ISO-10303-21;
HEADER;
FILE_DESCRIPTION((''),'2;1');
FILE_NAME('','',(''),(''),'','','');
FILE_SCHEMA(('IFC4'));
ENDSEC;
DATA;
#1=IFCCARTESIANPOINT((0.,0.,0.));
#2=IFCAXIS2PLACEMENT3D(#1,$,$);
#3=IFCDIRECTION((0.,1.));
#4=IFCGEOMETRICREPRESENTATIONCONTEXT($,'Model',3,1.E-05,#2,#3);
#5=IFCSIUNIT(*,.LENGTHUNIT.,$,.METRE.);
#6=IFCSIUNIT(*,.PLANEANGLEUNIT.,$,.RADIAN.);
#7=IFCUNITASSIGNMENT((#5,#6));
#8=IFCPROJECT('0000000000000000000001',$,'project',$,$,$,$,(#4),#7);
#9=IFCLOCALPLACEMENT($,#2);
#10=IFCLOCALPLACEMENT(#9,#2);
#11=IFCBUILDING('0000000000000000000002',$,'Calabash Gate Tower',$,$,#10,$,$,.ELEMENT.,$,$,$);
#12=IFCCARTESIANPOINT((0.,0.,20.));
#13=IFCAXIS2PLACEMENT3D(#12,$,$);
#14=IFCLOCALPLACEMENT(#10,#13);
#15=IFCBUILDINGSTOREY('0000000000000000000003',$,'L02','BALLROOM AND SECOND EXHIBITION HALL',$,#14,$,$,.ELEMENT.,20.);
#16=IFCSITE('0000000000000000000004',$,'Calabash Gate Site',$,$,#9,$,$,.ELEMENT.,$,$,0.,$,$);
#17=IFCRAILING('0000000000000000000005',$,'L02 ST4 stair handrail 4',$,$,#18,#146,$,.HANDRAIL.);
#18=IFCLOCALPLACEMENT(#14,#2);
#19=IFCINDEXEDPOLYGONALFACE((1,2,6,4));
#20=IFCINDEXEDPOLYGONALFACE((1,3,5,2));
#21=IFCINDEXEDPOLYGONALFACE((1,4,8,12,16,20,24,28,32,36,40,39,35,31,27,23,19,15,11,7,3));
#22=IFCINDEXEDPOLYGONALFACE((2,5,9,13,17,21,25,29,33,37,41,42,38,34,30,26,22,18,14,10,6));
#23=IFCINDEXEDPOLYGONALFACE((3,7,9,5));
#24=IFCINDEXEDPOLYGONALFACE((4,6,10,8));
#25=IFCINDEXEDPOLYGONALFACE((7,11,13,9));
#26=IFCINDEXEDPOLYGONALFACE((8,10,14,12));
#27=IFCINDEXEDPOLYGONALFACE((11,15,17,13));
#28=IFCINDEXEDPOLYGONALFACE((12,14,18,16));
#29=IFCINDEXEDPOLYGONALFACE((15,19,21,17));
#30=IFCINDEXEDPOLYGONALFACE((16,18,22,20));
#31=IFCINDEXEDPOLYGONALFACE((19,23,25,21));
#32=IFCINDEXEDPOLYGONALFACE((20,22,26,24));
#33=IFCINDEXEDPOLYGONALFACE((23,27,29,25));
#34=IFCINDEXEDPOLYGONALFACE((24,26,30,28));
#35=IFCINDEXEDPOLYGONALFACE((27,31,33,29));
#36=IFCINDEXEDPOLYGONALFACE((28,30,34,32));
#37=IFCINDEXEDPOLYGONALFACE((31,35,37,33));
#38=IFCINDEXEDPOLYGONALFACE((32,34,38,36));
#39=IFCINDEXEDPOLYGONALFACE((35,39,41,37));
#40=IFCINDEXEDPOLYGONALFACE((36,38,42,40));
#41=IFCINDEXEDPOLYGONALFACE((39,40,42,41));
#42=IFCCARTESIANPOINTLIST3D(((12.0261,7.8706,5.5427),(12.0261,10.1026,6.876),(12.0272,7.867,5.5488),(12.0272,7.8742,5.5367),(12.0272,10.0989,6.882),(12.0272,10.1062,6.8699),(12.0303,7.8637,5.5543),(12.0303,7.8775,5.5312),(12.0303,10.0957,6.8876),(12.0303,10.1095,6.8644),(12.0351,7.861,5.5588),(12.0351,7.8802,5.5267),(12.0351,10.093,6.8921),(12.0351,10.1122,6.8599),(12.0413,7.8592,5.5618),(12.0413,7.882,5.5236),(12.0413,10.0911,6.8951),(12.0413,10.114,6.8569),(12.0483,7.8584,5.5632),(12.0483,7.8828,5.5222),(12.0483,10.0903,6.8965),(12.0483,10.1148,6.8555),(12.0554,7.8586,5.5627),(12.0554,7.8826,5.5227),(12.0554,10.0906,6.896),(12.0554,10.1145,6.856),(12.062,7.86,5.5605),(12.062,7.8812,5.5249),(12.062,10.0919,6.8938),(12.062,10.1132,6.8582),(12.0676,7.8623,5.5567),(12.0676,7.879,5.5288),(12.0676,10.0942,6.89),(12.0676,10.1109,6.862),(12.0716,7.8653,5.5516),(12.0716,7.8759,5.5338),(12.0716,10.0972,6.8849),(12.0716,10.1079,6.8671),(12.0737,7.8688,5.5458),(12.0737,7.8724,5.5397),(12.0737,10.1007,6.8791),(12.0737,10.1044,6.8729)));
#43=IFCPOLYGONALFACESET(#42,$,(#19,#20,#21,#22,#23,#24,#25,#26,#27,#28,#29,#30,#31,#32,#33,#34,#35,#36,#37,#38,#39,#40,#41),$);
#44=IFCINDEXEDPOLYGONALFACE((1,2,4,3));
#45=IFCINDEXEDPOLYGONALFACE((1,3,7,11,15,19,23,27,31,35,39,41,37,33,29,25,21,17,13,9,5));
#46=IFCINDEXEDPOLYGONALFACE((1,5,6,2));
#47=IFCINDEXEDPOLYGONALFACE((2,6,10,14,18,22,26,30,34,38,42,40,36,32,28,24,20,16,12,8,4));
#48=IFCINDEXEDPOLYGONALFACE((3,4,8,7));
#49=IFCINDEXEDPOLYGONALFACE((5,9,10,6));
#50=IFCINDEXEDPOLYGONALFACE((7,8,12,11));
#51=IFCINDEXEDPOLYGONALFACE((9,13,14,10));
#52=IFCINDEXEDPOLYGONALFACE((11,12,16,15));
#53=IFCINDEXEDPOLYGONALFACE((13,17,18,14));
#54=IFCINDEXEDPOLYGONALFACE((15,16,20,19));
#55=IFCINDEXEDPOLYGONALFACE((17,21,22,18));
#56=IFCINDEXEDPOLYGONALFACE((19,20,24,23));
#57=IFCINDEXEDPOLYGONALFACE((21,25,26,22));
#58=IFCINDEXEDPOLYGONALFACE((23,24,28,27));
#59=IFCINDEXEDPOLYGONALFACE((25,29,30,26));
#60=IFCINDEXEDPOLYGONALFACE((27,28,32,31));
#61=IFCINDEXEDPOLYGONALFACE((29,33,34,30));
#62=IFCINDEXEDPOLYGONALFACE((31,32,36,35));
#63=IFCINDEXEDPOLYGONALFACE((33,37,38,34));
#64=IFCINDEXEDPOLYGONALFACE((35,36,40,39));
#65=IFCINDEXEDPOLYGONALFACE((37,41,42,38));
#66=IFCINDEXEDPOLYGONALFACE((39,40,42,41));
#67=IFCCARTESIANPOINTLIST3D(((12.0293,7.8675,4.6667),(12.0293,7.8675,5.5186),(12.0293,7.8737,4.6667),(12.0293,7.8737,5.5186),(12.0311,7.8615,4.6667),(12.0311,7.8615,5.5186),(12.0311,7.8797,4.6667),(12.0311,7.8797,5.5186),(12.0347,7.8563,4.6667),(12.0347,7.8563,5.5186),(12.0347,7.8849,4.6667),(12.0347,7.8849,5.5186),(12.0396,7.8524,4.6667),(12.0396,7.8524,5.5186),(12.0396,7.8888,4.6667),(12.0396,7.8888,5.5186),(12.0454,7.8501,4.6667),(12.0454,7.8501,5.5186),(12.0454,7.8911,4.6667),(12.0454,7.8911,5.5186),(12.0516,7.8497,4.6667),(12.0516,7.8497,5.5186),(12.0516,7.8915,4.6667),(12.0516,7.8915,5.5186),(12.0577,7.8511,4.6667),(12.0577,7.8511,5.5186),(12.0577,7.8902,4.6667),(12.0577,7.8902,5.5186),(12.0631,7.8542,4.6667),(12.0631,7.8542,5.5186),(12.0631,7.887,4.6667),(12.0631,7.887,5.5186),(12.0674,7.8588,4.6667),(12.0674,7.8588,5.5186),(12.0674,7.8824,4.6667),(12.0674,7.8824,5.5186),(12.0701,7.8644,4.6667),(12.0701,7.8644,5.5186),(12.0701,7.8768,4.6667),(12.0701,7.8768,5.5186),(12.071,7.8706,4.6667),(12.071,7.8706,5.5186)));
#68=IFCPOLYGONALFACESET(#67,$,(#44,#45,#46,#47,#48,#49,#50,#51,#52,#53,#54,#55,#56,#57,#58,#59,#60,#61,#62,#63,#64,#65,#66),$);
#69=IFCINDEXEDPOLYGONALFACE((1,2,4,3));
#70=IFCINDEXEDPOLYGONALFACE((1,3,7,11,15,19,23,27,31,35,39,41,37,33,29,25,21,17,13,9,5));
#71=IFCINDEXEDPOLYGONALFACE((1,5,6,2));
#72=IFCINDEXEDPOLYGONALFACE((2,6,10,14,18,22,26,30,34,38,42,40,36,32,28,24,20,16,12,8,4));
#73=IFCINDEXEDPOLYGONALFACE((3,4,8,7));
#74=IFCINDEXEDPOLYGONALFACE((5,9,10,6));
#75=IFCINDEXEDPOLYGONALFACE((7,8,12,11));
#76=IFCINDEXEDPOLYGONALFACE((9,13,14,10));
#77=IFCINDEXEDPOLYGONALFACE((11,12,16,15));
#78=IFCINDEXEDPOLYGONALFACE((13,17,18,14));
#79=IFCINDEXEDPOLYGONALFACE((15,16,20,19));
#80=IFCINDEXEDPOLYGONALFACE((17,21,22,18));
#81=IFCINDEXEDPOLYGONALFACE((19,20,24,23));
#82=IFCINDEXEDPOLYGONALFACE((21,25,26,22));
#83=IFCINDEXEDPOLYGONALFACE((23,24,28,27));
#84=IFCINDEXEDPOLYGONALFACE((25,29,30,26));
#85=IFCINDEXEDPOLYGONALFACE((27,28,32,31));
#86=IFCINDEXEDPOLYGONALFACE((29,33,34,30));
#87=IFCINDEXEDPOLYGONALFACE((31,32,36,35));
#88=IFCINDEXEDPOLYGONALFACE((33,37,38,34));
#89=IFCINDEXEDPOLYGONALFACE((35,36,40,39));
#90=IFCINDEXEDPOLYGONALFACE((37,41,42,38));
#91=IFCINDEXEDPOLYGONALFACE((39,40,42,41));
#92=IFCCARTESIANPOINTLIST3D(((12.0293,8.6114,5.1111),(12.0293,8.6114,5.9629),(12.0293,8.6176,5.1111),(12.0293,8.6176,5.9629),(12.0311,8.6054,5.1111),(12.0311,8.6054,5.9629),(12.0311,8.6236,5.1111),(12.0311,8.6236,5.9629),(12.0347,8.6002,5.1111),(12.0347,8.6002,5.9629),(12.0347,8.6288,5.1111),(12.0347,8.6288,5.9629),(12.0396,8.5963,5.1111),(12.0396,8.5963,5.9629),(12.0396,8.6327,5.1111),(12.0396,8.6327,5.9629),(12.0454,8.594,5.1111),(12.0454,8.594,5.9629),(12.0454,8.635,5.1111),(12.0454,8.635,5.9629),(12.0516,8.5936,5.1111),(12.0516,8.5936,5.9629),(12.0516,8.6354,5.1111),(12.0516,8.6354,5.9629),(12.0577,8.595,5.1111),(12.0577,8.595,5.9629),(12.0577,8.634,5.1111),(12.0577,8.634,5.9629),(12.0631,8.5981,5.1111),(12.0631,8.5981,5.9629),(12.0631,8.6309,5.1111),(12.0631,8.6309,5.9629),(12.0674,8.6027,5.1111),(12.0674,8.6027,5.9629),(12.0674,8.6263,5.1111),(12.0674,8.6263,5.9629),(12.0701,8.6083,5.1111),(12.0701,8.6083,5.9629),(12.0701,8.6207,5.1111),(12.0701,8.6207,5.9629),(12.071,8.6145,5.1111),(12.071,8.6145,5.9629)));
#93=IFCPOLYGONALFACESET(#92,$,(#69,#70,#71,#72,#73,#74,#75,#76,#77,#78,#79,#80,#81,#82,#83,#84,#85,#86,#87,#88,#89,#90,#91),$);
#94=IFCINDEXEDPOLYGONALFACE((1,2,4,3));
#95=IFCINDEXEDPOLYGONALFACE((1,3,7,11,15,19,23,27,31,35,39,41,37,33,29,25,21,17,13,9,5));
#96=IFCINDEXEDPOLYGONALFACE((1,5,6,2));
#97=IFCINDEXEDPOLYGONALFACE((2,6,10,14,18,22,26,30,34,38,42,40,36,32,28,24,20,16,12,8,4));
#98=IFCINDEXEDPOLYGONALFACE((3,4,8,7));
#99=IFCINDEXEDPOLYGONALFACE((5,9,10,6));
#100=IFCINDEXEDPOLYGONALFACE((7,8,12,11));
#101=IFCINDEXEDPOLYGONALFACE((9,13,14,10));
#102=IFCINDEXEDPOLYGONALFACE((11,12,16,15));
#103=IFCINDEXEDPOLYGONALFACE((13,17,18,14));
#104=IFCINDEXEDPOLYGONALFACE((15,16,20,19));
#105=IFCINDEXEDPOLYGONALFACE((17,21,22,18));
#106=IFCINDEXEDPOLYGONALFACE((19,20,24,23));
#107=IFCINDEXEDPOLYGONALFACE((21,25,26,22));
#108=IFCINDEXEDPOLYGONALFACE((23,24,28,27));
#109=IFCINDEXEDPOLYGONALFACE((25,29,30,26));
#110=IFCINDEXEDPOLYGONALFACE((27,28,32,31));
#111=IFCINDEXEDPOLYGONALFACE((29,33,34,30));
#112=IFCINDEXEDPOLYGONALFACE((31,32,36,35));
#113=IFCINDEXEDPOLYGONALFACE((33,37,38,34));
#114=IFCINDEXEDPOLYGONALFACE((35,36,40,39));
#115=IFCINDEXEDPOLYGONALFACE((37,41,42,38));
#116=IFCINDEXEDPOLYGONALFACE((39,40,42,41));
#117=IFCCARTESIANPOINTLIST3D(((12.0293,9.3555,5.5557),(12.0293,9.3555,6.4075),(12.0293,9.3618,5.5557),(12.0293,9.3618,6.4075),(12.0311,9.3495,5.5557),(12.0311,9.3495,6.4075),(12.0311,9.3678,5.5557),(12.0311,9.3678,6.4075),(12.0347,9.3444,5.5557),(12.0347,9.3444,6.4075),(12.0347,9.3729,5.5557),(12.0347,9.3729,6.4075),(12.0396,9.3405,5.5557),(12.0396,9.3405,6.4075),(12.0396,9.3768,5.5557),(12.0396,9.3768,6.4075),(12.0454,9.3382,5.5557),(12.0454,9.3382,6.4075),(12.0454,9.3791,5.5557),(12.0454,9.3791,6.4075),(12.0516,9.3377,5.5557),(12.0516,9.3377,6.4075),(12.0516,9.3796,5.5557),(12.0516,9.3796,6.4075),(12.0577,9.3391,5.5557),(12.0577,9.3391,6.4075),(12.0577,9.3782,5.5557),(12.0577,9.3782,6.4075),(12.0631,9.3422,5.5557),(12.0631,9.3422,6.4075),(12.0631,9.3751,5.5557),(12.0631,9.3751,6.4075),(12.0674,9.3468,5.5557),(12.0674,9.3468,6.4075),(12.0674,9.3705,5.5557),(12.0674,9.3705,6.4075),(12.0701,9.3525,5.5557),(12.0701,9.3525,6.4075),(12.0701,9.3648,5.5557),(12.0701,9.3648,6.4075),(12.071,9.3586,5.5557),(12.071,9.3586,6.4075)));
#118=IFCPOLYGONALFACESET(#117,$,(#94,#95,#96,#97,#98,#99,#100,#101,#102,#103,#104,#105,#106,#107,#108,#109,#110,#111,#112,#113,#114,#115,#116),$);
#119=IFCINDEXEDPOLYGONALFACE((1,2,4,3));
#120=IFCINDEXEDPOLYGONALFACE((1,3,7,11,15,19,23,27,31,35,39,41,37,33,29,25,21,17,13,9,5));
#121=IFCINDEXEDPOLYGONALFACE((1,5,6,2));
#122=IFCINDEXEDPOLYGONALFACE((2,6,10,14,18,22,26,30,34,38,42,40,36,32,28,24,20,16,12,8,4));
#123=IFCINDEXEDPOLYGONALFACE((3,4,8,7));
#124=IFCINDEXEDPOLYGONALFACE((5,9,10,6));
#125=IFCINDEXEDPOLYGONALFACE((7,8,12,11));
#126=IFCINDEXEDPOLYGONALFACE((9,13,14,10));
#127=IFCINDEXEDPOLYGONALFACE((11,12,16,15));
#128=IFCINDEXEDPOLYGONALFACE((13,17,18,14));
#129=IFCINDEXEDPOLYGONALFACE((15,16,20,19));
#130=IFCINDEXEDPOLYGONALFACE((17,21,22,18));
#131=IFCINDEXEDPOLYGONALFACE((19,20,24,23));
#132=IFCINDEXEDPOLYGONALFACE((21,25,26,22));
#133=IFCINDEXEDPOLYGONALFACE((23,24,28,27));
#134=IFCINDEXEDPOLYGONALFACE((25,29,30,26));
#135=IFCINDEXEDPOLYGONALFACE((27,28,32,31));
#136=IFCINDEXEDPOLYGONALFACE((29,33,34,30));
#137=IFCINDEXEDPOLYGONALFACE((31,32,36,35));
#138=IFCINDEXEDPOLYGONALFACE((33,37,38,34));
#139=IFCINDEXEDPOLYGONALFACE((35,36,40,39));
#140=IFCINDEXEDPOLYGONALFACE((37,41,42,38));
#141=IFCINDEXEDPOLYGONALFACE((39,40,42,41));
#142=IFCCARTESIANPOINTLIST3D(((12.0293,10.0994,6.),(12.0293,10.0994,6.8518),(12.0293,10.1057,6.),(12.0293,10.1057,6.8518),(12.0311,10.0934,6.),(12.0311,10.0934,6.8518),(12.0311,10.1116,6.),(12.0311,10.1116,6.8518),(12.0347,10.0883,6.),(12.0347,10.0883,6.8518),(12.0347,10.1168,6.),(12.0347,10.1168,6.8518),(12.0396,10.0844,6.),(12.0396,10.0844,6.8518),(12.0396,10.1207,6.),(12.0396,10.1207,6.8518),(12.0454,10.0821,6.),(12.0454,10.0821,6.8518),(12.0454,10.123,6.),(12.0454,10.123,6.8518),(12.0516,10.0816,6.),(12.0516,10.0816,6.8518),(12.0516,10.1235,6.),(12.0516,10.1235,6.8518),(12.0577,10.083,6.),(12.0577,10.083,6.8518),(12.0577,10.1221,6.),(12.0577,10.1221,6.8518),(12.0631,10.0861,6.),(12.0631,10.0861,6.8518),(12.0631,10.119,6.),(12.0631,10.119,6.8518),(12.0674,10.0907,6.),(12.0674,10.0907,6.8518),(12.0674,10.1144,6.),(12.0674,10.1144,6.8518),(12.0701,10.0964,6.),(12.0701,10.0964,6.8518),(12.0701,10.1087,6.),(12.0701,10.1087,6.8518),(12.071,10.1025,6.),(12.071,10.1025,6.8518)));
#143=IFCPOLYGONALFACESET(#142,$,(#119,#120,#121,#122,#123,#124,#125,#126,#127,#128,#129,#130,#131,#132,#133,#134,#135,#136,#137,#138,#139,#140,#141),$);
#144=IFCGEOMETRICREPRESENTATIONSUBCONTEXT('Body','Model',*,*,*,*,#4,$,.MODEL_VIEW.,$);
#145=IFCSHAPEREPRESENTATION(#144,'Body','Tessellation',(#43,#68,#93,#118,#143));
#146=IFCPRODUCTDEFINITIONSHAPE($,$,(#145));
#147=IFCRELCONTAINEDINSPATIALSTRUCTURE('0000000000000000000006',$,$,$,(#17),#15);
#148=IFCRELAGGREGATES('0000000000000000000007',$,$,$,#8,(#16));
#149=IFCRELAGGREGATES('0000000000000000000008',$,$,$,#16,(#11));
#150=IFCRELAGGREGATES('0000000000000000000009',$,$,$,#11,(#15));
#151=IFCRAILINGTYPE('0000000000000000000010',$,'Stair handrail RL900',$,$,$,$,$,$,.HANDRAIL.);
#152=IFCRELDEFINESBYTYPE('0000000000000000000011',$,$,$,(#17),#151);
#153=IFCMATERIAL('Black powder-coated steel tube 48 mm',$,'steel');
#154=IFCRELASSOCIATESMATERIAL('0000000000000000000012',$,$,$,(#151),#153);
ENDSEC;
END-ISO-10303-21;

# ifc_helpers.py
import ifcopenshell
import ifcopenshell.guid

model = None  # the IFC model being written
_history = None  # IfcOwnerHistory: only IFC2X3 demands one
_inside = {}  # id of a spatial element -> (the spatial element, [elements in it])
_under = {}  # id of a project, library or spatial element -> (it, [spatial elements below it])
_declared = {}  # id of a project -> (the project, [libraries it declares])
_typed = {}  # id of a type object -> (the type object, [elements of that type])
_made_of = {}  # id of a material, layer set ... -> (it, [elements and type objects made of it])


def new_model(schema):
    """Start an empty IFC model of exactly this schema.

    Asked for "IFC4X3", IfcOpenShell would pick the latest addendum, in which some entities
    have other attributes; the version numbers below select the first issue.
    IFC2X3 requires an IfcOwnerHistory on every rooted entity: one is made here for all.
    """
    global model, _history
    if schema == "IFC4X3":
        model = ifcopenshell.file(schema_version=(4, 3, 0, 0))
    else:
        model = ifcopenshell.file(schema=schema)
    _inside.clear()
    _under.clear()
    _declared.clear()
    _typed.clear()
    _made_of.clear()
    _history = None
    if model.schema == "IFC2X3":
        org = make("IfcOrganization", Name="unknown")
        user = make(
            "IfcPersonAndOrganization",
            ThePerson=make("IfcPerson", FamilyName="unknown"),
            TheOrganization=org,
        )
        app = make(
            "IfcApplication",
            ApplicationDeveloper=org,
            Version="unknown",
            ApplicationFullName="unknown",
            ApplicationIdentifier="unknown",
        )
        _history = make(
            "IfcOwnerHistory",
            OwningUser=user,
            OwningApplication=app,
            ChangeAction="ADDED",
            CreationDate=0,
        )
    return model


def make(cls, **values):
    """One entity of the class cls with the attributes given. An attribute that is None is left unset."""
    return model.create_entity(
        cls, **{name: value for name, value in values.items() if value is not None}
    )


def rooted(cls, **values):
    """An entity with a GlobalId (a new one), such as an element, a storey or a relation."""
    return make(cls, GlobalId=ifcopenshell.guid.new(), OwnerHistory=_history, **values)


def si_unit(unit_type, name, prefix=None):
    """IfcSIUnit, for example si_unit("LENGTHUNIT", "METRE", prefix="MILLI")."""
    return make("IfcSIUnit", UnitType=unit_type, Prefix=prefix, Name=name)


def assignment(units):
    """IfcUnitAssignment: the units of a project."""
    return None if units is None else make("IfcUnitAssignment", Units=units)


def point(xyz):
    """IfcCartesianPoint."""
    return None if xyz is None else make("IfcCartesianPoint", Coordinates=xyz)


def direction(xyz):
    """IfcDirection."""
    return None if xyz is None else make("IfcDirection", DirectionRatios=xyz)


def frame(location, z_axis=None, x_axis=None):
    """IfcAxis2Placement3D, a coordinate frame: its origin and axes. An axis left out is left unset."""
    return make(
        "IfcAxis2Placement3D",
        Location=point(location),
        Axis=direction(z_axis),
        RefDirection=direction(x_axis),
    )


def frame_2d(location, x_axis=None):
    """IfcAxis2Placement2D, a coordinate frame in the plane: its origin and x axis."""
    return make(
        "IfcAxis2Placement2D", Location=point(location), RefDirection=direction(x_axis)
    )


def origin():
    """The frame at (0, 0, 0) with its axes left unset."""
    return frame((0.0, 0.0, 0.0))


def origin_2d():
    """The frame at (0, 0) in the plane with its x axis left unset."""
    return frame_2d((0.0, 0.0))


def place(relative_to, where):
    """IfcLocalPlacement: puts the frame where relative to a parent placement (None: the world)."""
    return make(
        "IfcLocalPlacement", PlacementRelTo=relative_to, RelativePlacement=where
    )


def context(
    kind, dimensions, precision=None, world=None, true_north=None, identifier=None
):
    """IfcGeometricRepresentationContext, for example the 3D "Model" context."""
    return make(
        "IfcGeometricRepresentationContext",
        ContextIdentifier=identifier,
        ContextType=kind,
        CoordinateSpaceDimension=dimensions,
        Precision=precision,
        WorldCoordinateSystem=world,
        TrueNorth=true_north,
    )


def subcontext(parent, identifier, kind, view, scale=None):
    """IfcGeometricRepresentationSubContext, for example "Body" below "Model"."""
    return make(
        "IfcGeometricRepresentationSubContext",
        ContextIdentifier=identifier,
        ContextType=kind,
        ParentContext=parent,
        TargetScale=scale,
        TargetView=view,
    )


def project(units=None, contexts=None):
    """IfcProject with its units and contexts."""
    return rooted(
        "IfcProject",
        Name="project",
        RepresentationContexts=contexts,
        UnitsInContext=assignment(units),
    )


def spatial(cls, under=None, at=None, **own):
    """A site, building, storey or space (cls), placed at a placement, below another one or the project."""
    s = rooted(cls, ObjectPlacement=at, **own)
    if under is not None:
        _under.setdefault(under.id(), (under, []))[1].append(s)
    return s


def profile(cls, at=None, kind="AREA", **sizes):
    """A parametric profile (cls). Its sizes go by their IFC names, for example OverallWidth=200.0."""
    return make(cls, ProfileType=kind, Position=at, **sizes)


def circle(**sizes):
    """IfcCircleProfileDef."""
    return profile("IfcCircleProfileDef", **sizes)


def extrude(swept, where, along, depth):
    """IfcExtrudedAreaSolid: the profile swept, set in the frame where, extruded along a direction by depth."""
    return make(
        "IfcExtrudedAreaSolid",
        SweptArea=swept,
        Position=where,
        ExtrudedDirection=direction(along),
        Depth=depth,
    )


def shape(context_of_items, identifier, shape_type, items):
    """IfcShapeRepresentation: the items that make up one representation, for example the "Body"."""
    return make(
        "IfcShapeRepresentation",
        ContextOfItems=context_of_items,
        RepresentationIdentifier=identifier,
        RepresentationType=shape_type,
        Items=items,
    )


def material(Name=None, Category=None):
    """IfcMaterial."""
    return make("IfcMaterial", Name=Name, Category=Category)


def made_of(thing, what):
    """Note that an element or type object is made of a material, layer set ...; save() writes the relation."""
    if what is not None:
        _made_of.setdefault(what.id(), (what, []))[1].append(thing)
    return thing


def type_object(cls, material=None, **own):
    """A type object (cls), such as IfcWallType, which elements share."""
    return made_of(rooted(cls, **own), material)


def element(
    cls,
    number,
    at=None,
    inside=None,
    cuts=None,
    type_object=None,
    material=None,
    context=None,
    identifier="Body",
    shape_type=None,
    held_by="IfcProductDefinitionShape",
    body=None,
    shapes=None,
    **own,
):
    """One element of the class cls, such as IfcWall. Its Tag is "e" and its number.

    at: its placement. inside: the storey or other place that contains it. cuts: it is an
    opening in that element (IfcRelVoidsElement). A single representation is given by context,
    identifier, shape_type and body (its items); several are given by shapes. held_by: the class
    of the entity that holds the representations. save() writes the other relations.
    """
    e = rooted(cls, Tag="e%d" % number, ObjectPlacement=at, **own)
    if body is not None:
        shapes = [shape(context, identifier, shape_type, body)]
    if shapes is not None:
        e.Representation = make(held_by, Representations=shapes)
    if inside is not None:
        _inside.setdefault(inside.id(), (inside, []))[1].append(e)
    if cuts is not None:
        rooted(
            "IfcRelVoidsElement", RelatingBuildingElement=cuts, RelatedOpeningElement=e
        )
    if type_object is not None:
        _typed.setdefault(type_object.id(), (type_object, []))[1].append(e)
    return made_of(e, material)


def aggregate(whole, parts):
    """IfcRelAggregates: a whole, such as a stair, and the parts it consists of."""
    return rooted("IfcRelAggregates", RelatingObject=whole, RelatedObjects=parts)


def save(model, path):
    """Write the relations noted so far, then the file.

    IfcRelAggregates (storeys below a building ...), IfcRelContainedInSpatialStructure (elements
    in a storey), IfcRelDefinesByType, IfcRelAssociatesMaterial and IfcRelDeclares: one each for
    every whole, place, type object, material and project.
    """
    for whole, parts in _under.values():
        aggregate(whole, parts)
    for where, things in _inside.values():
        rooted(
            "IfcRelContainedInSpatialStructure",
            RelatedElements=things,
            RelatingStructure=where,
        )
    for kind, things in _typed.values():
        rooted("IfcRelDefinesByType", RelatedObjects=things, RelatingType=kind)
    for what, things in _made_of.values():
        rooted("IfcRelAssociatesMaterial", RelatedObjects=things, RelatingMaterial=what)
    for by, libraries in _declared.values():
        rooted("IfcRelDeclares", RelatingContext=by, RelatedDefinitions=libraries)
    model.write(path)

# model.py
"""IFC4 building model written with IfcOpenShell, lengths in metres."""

from ifc_helpers import new_model, si_unit, direction, frame, origin, origin_2d, place, context, subcontext, project, spatial, circle, extrude, material, type_object, element, save


model = new_model("IFC4")

# Units and contexts
model_context = context("Model", 3, precision=1e-05, world=origin(), true_north=direction((0.0, 1.0)))
body_context = subcontext(model_context, "Body", "Model", "MODEL_VIEW")
ifc_project = project(units=[si_unit("LENGTHUNIT", "METRE"), si_unit("PLANEANGLEUNIT", "RADIAN")], contexts=[model_context])

# Site, building, storey
site_placement = place(None, origin())
site = spatial("IfcSite", under=ifc_project, at=site_placement, Name="Calabash Gate Site", CompositionType="ELEMENT", RefElevation=0.0)
building_placement = place(site_placement, origin())
building = spatial("IfcBuilding", under=site, at=building_placement, Name="Calabash Gate Tower", CompositionType="ELEMENT")
storey_placement = place(building_placement, frame((0.0, 0.0, 20.0)))
storey = spatial("IfcBuildingStorey", under=building, at=storey_placement, Name="L02", Description="BALLROOM AND SECOND EXHIBITION HALL", CompositionType="ELEMENT", Elevation=20.0)

# Railing
ifc_material_1 = material(Name="Black powder-coated steel tube 48 mm", Category="steel")
railing_type_1 = type_object("IfcRailingType", Name="Stair handrail RL900", PredefinedType="HANDRAIL", material=ifc_material_1)
railing_1_placement = place(storey_placement, frame((12.05, 7.8706, 4.6667)))
element("IfcRailing", 1, at=railing_1_placement, inside=storey, type_object=railing_type_1, Name="L02 ST4 stair handrail 4", PredefinedType="HANDRAIL", context=body_context, shape_type="SweptSolid", body=[
    extrude(circle(Radius=0.0239, at=origin_2d()), frame((0.0, 0.0, 0.876), z_axis=(0.0, 0.858494, 0.512824), x_axis=(-1.0, 0.0, 0.0)), (0.0, 0.0, 1.0), 2.5999),
    extrude(circle(Radius=0.021, at=origin_2d()), origin(), (0.0, 0.0, 1.0), 0.8518),
    extrude(circle(Radius=0.021, at=origin_2d()), frame((0.0, 0.7439, 0.4443)), (0.0, 0.0, 1.0), 0.8518),
    extrude(circle(Radius=0.021, at=origin_2d()), frame((0.0, 1.488, 0.8889)), (0.0, 0.0, 1.0), 0.8518),
    extrude(circle(Radius=0.021, at=origin_2d()), frame((0.0, 2.2319, 1.3333)), (0.0, 0.0, 1.0), 0.8518),
])

save(model, "model.ifc")
